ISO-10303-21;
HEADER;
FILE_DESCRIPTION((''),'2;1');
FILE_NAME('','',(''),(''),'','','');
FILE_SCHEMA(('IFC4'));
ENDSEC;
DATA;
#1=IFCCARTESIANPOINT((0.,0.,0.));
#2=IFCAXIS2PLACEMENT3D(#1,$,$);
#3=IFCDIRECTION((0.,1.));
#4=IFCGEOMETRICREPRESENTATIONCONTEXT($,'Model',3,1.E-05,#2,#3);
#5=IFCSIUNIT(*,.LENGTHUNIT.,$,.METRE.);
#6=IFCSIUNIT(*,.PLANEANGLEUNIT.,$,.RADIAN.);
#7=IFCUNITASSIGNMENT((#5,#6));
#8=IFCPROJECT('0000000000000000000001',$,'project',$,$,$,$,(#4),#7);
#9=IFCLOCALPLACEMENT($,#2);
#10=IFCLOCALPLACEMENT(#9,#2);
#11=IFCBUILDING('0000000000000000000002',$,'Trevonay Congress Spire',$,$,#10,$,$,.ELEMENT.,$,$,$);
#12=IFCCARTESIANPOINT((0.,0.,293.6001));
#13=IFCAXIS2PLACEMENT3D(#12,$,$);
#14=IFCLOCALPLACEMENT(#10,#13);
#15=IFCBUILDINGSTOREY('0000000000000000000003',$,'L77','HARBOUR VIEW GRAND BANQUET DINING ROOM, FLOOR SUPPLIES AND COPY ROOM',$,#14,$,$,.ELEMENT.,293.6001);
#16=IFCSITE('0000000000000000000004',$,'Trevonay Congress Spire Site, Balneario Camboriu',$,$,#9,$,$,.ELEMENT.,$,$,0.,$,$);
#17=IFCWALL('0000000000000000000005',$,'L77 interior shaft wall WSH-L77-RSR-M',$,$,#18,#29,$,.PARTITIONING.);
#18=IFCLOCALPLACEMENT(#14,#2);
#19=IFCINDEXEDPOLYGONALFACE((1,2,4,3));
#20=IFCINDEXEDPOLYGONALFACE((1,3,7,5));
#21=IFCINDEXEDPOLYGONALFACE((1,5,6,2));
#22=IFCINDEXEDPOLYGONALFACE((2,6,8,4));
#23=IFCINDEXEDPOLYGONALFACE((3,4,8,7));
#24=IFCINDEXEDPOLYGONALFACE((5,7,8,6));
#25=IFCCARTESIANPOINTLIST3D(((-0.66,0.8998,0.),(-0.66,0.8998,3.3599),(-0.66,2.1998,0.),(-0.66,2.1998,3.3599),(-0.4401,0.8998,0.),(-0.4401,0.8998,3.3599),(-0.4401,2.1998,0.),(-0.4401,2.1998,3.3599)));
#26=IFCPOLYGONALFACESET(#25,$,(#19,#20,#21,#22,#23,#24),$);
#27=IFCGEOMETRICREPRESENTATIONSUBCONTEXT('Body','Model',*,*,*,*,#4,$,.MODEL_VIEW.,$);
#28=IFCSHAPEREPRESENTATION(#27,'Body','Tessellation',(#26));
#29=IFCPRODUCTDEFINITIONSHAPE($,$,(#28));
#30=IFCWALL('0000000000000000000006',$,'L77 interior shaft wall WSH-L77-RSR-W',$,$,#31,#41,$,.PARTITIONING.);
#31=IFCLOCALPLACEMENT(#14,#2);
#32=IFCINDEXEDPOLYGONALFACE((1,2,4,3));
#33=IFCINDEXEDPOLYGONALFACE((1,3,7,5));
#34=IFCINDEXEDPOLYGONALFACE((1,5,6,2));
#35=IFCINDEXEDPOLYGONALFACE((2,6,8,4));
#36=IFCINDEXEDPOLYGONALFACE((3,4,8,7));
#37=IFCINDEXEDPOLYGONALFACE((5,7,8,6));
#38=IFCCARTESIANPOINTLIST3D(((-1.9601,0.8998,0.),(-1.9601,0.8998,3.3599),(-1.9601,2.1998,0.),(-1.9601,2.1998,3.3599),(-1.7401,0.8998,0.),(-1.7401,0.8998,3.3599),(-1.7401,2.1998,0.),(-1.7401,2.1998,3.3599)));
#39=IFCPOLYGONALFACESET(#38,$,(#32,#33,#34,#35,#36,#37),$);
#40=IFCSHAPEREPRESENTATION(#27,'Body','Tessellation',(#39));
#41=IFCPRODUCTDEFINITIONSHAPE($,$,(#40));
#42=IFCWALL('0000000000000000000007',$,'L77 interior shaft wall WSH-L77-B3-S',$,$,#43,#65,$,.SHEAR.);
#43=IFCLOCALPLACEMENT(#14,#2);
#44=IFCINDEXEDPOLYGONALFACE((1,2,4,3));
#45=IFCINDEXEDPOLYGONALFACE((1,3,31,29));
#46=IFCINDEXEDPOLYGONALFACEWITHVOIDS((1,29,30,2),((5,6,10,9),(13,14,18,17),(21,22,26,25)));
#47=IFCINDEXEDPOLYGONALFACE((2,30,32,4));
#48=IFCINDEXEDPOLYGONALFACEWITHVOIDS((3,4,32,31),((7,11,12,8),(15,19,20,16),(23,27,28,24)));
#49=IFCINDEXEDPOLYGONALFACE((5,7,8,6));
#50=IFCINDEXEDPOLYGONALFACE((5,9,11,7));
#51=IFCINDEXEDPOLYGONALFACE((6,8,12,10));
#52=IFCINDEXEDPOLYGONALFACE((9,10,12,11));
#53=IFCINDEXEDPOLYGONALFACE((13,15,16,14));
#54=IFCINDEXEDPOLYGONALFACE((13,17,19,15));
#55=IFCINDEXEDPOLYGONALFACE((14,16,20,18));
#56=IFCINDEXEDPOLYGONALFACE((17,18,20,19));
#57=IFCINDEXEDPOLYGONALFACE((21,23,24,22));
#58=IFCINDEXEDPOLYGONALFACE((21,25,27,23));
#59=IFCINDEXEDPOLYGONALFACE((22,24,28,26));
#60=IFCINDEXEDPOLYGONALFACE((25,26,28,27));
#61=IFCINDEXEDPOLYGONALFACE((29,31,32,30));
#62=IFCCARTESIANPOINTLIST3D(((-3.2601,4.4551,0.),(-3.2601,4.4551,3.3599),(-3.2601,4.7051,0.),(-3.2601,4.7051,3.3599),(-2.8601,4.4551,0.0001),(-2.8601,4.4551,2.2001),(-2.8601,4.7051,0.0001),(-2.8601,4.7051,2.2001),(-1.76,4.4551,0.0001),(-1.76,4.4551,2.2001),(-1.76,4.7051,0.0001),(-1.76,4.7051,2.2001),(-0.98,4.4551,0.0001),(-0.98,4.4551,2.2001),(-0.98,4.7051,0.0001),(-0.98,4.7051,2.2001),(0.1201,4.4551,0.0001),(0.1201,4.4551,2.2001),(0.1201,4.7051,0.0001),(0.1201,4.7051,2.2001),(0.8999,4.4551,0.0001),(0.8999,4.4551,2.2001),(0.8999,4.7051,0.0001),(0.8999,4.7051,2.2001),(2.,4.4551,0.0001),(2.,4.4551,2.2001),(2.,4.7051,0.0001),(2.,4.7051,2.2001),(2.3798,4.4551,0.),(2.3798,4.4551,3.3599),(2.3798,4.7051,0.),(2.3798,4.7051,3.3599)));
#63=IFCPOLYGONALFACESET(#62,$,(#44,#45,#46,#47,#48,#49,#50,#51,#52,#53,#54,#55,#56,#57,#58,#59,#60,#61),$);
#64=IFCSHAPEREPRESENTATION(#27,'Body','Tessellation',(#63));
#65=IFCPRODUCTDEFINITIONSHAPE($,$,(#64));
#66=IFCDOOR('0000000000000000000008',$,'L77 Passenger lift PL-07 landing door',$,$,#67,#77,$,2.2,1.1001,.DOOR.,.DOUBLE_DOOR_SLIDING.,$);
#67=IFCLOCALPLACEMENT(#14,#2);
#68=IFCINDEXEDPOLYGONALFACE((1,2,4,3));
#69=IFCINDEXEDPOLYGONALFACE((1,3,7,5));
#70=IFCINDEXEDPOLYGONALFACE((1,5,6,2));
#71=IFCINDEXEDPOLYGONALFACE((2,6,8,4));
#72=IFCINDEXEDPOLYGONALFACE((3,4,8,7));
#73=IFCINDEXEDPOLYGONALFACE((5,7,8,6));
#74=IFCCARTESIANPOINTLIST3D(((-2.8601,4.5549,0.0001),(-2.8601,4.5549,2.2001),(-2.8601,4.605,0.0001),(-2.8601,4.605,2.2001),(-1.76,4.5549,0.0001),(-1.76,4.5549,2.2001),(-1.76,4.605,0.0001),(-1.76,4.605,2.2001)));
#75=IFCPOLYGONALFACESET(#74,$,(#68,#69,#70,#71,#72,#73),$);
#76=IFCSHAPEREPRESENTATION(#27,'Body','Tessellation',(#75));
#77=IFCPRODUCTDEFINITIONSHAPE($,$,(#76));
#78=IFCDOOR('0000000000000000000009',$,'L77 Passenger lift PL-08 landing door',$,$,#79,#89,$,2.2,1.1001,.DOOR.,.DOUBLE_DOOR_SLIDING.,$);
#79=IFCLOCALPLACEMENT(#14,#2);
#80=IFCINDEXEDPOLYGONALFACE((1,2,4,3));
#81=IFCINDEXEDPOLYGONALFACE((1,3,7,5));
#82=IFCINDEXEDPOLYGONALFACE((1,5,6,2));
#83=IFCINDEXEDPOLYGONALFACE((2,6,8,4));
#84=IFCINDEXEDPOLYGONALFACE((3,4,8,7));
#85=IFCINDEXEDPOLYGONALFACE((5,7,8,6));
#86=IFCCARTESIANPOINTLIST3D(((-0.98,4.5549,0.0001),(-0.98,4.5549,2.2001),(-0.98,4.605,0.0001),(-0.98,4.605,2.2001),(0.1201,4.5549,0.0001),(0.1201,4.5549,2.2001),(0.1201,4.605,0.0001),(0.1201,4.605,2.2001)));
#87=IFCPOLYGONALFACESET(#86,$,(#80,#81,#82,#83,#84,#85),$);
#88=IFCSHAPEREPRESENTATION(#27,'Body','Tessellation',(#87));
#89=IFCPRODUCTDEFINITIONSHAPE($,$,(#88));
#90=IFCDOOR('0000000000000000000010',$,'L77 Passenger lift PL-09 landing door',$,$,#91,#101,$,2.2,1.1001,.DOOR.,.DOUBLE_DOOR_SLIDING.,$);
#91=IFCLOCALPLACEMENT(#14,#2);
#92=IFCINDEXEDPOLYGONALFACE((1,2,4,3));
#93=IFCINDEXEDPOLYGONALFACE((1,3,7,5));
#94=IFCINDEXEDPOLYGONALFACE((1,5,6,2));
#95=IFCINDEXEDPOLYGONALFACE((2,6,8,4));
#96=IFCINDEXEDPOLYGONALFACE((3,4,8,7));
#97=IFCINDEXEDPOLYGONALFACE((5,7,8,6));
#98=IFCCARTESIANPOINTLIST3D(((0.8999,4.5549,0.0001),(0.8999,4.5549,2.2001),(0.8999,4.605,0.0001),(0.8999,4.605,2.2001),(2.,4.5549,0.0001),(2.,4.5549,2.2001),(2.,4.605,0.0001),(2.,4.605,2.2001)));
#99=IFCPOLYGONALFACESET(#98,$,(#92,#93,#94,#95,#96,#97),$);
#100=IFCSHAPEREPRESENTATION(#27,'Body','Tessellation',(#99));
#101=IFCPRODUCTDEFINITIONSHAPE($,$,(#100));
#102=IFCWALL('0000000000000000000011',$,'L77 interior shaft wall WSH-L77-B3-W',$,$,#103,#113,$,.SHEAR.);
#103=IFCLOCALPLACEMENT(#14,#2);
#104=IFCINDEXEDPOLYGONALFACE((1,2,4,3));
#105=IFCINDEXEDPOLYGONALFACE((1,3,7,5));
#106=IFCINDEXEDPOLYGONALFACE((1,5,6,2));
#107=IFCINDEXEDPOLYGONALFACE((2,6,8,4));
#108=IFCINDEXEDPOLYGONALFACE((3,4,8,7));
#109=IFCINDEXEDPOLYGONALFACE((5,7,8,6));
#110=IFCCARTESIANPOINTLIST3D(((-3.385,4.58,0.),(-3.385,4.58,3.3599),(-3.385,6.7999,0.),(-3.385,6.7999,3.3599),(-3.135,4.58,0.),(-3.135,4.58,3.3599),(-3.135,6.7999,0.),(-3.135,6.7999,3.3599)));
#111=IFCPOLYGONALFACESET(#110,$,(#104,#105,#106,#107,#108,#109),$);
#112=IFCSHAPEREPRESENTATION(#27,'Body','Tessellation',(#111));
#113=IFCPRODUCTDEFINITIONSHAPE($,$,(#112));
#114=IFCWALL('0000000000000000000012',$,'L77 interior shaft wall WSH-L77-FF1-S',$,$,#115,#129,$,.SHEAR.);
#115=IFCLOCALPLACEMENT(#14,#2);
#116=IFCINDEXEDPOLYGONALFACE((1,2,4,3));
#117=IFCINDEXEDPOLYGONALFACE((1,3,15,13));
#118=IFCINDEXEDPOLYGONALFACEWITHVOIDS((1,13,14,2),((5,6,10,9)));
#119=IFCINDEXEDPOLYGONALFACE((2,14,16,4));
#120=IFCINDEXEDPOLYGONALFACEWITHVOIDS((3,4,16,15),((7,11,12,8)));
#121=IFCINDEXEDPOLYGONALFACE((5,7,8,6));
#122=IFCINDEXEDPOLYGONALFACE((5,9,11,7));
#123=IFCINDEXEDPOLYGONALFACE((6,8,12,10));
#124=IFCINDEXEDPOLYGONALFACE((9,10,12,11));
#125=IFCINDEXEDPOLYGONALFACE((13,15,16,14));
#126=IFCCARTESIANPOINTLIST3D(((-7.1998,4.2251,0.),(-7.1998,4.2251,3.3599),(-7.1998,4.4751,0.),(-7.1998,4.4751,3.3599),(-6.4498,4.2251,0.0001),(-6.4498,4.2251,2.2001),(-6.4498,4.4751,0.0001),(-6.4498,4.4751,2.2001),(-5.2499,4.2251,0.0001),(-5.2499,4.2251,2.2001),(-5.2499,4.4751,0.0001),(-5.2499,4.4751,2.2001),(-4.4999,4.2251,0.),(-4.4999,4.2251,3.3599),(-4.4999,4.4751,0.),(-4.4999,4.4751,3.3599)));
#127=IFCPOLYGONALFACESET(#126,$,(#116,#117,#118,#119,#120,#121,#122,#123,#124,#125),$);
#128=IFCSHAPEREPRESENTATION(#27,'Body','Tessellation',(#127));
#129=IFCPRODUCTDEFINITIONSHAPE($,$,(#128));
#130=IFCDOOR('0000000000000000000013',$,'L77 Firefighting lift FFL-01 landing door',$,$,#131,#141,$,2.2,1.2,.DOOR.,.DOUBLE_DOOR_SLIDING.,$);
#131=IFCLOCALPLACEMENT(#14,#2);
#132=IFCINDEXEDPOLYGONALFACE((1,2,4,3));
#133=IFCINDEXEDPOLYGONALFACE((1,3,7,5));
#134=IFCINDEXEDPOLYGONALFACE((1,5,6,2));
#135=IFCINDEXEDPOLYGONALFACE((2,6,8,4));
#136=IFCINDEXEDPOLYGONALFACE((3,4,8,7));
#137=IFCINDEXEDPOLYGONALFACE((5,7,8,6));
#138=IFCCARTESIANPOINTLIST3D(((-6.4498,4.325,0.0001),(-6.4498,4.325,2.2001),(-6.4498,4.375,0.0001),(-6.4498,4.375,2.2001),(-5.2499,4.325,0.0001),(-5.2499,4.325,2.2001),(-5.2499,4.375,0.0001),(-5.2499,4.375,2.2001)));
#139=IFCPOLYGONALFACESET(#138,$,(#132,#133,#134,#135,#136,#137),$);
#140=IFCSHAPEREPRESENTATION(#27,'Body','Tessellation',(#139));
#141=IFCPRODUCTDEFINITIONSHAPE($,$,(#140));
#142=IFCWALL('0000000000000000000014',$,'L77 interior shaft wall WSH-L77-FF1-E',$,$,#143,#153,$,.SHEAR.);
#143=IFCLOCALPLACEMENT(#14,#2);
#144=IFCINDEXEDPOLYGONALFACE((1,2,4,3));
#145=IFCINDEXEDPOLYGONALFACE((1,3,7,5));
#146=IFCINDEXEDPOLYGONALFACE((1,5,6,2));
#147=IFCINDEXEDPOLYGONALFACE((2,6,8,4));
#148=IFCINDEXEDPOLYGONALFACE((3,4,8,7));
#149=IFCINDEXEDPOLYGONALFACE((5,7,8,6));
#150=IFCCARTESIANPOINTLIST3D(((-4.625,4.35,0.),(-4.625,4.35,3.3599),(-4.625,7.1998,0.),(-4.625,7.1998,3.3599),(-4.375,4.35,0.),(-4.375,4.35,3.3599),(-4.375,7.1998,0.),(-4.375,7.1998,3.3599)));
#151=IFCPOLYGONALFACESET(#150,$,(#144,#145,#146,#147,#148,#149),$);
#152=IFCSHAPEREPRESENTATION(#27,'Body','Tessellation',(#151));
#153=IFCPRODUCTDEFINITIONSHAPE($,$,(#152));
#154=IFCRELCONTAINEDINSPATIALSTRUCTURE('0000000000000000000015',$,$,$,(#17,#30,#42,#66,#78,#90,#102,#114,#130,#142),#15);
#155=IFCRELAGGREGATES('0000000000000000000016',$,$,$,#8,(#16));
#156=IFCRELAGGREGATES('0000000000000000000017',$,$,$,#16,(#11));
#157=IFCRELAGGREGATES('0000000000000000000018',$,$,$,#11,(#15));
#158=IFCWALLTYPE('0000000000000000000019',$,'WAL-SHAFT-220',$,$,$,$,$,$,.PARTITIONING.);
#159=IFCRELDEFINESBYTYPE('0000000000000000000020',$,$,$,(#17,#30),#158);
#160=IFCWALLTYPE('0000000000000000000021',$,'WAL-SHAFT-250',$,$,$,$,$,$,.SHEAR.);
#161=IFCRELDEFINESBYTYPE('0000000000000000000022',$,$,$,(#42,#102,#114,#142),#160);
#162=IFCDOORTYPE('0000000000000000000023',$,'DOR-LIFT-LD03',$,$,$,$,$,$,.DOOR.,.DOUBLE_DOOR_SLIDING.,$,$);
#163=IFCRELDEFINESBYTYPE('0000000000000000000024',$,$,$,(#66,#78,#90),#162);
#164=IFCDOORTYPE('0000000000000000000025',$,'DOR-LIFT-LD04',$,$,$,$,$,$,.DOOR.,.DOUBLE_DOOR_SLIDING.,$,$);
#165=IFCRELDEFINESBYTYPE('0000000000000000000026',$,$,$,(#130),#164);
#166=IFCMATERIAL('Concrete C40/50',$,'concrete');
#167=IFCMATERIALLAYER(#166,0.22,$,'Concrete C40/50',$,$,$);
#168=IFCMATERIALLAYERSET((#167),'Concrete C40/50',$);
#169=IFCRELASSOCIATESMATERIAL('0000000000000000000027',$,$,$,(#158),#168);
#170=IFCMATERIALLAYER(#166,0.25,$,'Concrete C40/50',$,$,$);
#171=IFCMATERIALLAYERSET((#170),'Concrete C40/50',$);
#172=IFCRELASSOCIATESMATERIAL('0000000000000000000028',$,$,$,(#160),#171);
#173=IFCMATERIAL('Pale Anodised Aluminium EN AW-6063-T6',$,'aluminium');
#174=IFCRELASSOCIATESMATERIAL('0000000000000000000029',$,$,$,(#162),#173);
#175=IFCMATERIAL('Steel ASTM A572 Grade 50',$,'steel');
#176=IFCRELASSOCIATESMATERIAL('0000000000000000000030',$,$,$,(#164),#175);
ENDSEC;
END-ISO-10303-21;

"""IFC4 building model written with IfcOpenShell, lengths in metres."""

from ifc_helpers import new_model, si_unit, direction, frame, frame_2d, origin, place, context, subcontext, project, spatial, rectangle, extrude, material, layer, layer_set, type_object, element, fill, save


model = new_model("IFC4")

# Units and contexts
model_context = context("Model", 3, precision=1e-05, world=origin(), true_north=direction((0.0, 1.0)))
body_context = subcontext(model_context, "Body", "Model", "MODEL_VIEW")
ifc_project = project(units=[si_unit("LENGTHUNIT", "METRE"), si_unit("PLANEANGLEUNIT", "RADIAN")], contexts=[model_context])

# Site, building, storey
site_placement = place(None, origin())
site = spatial("IfcSite", under=ifc_project, at=site_placement, Name="Trevonay Congress Spire Site, Balneario Camboriu", CompositionType="ELEMENT", RefElevation=0.0)
building_placement = place(site_placement, origin())
building = spatial("IfcBuilding", under=site, at=building_placement, Name="Trevonay Congress Spire", CompositionType="ELEMENT")
storey_placement = place(building_placement, frame((0.0, 0.0, 293.6001)))
storey = spatial("IfcBuildingStorey", under=building, at=storey_placement, Name="L77", Description="HARBOUR VIEW GRAND BANQUET DINING ROOM, FLOOR SUPPLIES AND COPY ROOM", CompositionType="ELEMENT", Elevation=293.6001)

# Shared definitions
ifc_material_1 = material(Name="Steel ASTM A572 Grade 50", Category="steel")

# Shared definitions
ifc_material_2 = material(Name="Concrete C40/50", Category="concrete")

# Walls
ifc_layer_1 = layer(ifc_material_2, 0.22, Name="Concrete C40/50")
ifc_layer_set_1 = layer_set([ifc_layer_1], Name="Concrete C40/50")
wall_type_1 = type_object("IfcWallType", Name="WAL-SHAFT-220", PredefinedType="PARTITIONING", material=ifc_layer_set_1)
for number, where, z_axis, x_axis, name in (
    (1, (-0.55, 0.8999, 0.0), (0.0, 0.0, 1.0), (0.0, 1.0, 0.0), "L77 interior shaft wall WSH-L77-RSR-M"),
    (2, (-1.8501, 0.8999, 0.0), (0.0, 0.0, 1.0), (0.0, 1.0, 0.0), "L77 interior shaft wall WSH-L77-RSR-W"),
):
    element("IfcWall", number, at=place(storey_placement, frame(where, z_axis=z_axis, x_axis=x_axis)), inside=storey, type_object=wall_type_1, Name=name, PredefinedType="PARTITIONING", context=body_context, shape_type="SweptSolid", body=[
        extrude(rectangle(XDim=1.3, YDim=0.22, at=frame_2d((0.6499, 0.0))), origin(), (0.0, 0.0, 1.0), 3.3599),
    ])

# Wall, openings, doors
ifc_layer_2 = layer(ifc_material_2, 0.25, Name="Concrete C40/50")
ifc_layer_set_2 = layer_set([ifc_layer_2], Name="Concrete C40/50")
wall_type_2 = type_object("IfcWallType", Name="WAL-SHAFT-250", PredefinedType="SHEAR", material=ifc_layer_set_2)
wall_1_placement = place(storey_placement, frame((-3.26, 4.5801, 0.0), z_axis=(0.0, 0.0, 1.0), x_axis=(1.0, 0.0, 0.0)))
wall_1 = element("IfcWall", 3, at=wall_1_placement, inside=storey, type_object=wall_type_2, Name="L77 interior shaft wall WSH-L77-B3-S", PredefinedType="SHEAR", context=body_context, shape_type="SweptSolid", body=[
    extrude(rectangle(XDim=5.6399, YDim=0.25, at=frame_2d((2.8198, 0.0))), origin(), (0.0, 0.0, 1.0), 3.3599),
])
opening_1_placement = place(wall_1_placement, frame((0.3999, 0.0, 0.0)))
opening_1 = element("IfcOpeningElement", 4, at=opening_1_placement, cuts=wall_1, PredefinedType="OPENING", context=body_context, shape_type="SweptSolid", body=[
    extrude(rectangle(XDim=1.1001, YDim=2.2, at=frame_2d((0.55, 1.1001))), frame((0.0, 0.135, 0.0), z_axis=(0.0, -1.0, 0.0), x_axis=(1.0, 0.0, 0.0)), (0.0, 0.0, 1.0), 0.27),
])
opening_2_placement = place(wall_1_placement, frame((2.28, 0.0, 0.0)))
opening_2 = element("IfcOpeningElement", 5, at=opening_2_placement, cuts=wall_1, PredefinedType="OPENING", context=body_context, shape_type="SweptSolid", body=[
    extrude(rectangle(XDim=1.1001, YDim=2.2, at=frame_2d((0.55, 1.1001))), frame((0.0, 0.135, 0.0), z_axis=(0.0, -1.0, 0.0), x_axis=(1.0, 0.0, 0.0)), (0.0, 0.0, 1.0), 0.27),
])
opening_3_placement = place(wall_1_placement, frame((4.1599, 0.0, 0.0)))
opening_3 = element("IfcOpeningElement", 6, at=opening_3_placement, cuts=wall_1, PredefinedType="OPENING", context=body_context, shape_type="SweptSolid", body=[
    extrude(rectangle(XDim=1.1001, YDim=2.2, at=frame_2d((0.55, 1.1001))), frame((0.0, 0.135, 0.0), z_axis=(0.0, -1.0, 0.0), x_axis=(1.0, 0.0, 0.0)), (0.0, 0.0, 1.0), 0.27),
])
ifc_material_3 = material(Name="Pale Anodised Aluminium EN AW-6063-T6", Category="aluminium")
door_type_1 = type_object("IfcDoorType", Name="DOR-LIFT-LD03", OperationType="DOUBLE_DOOR_SLIDING", PredefinedType="DOOR", material=ifc_material_3)
door_1_placement = place(opening_1_placement, origin())
door_1 = element("IfcDoor", 7, at=door_1_placement, inside=storey, type_object=door_type_1, Name="L77 Passenger lift PL-07 landing door", OperationType="DOUBLE_DOOR_SLIDING", OverallHeight=2.2, OverallWidth=1.1001, PredefinedType="DOOR", context=body_context, shape_type="SweptSolid", body=[
    extrude(rectangle(XDim=1.1001, YDim=2.2, at=frame_2d((0.55, 1.1001))), frame((0.0, 0.0249, 0.0), z_axis=(0.0, -1.0, 0.0), x_axis=(1.0, 0.0, 0.0)), (0.0, 0.0, 1.0), 0.05),
])
fill(opening_1, door_1)
door_2_placement = place(opening_2_placement, origin())
door_2 = element("IfcDoor", 8, at=door_2_placement, inside=storey, type_object=door_type_1, Name="L77 Passenger lift PL-08 landing door", OperationType="DOUBLE_DOOR_SLIDING", OverallHeight=2.2, OverallWidth=1.1001, PredefinedType="DOOR", context=body_context, shape_type="SweptSolid", body=[
    extrude(rectangle(XDim=1.1001, YDim=2.2, at=frame_2d((0.55, 1.1001))), frame((0.0, 0.0249, 0.0), z_axis=(0.0, -1.0, 0.0), x_axis=(1.0, 0.0, 0.0)), (0.0, 0.0, 1.0), 0.05),
])
fill(opening_2, door_2)
door_3_placement = place(opening_3_placement, origin())
door_3 = element("IfcDoor", 9, at=door_3_placement, inside=storey, type_object=door_type_1, Name="L77 Passenger lift PL-09 landing door", OperationType="DOUBLE_DOOR_SLIDING", OverallHeight=2.2, OverallWidth=1.1001, PredefinedType="DOOR", context=body_context, shape_type="SweptSolid", body=[
    extrude(rectangle(XDim=1.1001, YDim=2.2, at=frame_2d((0.55, 1.1001))), frame((0.0, 0.0249, 0.0), z_axis=(0.0, -1.0, 0.0), x_axis=(1.0, 0.0, 0.0)), (0.0, 0.0, 1.0), 0.05),
])
fill(opening_3, door_3)

# Wall
wall_2_placement = place(storey_placement, frame((-3.26, 4.5801, 0.0), z_axis=(0.0, 0.0, 1.0), x_axis=(0.0, 1.0, 0.0)))
element("IfcWall", 10, at=wall_2_placement, inside=storey, type_object=wall_type_2, Name="L77 interior shaft wall WSH-L77-B3-W", PredefinedType="SHEAR", context=body_context, shape_type="SweptSolid", body=[
    extrude(rectangle(XDim=2.22, YDim=0.25, at=frame_2d((1.1099, 0.0))), origin(), (0.0, 0.0, 1.0), 3.3599),
])

# Wall, opening, door
wall_3_placement = place(storey_placement, frame((-7.2, 4.3501, 0.0), z_axis=(0.0, 0.0, 1.0), x_axis=(1.0, 0.0, 0.0)))
wall_3 = element("IfcWall", 11, at=wall_3_placement, inside=storey, type_object=wall_type_2, Name="L77 interior shaft wall WSH-L77-FF1-S", PredefinedType="SHEAR", context=body_context, shape_type="SweptSolid", body=[
    extrude(rectangle(XDim=2.7, YDim=0.25, at=frame_2d((1.3501, 0.0))), origin(), (0.0, 0.0, 1.0), 3.3599),
])
opening_4_placement = place(wall_3_placement, frame((0.75, 0.0, 0.0)))
opening_4 = element("IfcOpeningElement", 12, at=opening_4_placement, cuts=wall_3, PredefinedType="OPENING", context=body_context, shape_type="SweptSolid", body=[
    extrude(rectangle(XDim=1.2, YDim=2.2, at=frame_2d((0.6001, 1.1001))), frame((0.0, 0.135, 0.0), z_axis=(0.0, -1.0, 0.0), x_axis=(1.0, 0.0, 0.0)), (0.0, 0.0, 1.0), 0.27),
])
door_type_2 = type_object("IfcDoorType", Name="DOR-LIFT-LD04", OperationType="DOUBLE_DOOR_SLIDING", PredefinedType="DOOR", material=ifc_material_1)
door_4_placement = place(opening_4_placement, origin())
door_4 = element("IfcDoor", 13, at=door_4_placement, inside=storey, type_object=door_type_2, Name="L77 Firefighting lift FFL-01 landing door", OperationType="DOUBLE_DOOR_SLIDING", OverallHeight=2.2, OverallWidth=1.2, PredefinedType="DOOR", context=body_context, shape_type="SweptSolid", body=[
    extrude(rectangle(XDim=1.2, YDim=2.2, at=frame_2d((0.6001, 1.1001))), frame((0.0, 0.0249, 0.0), z_axis=(0.0, -1.0, 0.0), x_axis=(1.0, 0.0, 0.0)), (0.0, 0.0, 1.0), 0.05),
])
fill(opening_4, door_4)

# Wall
wall_4_placement = place(storey_placement, frame((-4.5, 4.3501, 0.0), z_axis=(0.0, 0.0, 1.0), x_axis=(0.0, 1.0, 0.0)))
element("IfcWall", 14, at=wall_4_placement, inside=storey, type_object=wall_type_2, Name="L77 interior shaft wall WSH-L77-FF1-E", PredefinedType="SHEAR", context=body_context, shape_type="SweptSolid", body=[
    extrude(rectangle(XDim=2.8499, YDim=0.25, at=frame_2d((1.4248, 0.0))), origin(), (0.0, 0.0, 1.0), 3.3599),
])

save(model, "model.ifc")
